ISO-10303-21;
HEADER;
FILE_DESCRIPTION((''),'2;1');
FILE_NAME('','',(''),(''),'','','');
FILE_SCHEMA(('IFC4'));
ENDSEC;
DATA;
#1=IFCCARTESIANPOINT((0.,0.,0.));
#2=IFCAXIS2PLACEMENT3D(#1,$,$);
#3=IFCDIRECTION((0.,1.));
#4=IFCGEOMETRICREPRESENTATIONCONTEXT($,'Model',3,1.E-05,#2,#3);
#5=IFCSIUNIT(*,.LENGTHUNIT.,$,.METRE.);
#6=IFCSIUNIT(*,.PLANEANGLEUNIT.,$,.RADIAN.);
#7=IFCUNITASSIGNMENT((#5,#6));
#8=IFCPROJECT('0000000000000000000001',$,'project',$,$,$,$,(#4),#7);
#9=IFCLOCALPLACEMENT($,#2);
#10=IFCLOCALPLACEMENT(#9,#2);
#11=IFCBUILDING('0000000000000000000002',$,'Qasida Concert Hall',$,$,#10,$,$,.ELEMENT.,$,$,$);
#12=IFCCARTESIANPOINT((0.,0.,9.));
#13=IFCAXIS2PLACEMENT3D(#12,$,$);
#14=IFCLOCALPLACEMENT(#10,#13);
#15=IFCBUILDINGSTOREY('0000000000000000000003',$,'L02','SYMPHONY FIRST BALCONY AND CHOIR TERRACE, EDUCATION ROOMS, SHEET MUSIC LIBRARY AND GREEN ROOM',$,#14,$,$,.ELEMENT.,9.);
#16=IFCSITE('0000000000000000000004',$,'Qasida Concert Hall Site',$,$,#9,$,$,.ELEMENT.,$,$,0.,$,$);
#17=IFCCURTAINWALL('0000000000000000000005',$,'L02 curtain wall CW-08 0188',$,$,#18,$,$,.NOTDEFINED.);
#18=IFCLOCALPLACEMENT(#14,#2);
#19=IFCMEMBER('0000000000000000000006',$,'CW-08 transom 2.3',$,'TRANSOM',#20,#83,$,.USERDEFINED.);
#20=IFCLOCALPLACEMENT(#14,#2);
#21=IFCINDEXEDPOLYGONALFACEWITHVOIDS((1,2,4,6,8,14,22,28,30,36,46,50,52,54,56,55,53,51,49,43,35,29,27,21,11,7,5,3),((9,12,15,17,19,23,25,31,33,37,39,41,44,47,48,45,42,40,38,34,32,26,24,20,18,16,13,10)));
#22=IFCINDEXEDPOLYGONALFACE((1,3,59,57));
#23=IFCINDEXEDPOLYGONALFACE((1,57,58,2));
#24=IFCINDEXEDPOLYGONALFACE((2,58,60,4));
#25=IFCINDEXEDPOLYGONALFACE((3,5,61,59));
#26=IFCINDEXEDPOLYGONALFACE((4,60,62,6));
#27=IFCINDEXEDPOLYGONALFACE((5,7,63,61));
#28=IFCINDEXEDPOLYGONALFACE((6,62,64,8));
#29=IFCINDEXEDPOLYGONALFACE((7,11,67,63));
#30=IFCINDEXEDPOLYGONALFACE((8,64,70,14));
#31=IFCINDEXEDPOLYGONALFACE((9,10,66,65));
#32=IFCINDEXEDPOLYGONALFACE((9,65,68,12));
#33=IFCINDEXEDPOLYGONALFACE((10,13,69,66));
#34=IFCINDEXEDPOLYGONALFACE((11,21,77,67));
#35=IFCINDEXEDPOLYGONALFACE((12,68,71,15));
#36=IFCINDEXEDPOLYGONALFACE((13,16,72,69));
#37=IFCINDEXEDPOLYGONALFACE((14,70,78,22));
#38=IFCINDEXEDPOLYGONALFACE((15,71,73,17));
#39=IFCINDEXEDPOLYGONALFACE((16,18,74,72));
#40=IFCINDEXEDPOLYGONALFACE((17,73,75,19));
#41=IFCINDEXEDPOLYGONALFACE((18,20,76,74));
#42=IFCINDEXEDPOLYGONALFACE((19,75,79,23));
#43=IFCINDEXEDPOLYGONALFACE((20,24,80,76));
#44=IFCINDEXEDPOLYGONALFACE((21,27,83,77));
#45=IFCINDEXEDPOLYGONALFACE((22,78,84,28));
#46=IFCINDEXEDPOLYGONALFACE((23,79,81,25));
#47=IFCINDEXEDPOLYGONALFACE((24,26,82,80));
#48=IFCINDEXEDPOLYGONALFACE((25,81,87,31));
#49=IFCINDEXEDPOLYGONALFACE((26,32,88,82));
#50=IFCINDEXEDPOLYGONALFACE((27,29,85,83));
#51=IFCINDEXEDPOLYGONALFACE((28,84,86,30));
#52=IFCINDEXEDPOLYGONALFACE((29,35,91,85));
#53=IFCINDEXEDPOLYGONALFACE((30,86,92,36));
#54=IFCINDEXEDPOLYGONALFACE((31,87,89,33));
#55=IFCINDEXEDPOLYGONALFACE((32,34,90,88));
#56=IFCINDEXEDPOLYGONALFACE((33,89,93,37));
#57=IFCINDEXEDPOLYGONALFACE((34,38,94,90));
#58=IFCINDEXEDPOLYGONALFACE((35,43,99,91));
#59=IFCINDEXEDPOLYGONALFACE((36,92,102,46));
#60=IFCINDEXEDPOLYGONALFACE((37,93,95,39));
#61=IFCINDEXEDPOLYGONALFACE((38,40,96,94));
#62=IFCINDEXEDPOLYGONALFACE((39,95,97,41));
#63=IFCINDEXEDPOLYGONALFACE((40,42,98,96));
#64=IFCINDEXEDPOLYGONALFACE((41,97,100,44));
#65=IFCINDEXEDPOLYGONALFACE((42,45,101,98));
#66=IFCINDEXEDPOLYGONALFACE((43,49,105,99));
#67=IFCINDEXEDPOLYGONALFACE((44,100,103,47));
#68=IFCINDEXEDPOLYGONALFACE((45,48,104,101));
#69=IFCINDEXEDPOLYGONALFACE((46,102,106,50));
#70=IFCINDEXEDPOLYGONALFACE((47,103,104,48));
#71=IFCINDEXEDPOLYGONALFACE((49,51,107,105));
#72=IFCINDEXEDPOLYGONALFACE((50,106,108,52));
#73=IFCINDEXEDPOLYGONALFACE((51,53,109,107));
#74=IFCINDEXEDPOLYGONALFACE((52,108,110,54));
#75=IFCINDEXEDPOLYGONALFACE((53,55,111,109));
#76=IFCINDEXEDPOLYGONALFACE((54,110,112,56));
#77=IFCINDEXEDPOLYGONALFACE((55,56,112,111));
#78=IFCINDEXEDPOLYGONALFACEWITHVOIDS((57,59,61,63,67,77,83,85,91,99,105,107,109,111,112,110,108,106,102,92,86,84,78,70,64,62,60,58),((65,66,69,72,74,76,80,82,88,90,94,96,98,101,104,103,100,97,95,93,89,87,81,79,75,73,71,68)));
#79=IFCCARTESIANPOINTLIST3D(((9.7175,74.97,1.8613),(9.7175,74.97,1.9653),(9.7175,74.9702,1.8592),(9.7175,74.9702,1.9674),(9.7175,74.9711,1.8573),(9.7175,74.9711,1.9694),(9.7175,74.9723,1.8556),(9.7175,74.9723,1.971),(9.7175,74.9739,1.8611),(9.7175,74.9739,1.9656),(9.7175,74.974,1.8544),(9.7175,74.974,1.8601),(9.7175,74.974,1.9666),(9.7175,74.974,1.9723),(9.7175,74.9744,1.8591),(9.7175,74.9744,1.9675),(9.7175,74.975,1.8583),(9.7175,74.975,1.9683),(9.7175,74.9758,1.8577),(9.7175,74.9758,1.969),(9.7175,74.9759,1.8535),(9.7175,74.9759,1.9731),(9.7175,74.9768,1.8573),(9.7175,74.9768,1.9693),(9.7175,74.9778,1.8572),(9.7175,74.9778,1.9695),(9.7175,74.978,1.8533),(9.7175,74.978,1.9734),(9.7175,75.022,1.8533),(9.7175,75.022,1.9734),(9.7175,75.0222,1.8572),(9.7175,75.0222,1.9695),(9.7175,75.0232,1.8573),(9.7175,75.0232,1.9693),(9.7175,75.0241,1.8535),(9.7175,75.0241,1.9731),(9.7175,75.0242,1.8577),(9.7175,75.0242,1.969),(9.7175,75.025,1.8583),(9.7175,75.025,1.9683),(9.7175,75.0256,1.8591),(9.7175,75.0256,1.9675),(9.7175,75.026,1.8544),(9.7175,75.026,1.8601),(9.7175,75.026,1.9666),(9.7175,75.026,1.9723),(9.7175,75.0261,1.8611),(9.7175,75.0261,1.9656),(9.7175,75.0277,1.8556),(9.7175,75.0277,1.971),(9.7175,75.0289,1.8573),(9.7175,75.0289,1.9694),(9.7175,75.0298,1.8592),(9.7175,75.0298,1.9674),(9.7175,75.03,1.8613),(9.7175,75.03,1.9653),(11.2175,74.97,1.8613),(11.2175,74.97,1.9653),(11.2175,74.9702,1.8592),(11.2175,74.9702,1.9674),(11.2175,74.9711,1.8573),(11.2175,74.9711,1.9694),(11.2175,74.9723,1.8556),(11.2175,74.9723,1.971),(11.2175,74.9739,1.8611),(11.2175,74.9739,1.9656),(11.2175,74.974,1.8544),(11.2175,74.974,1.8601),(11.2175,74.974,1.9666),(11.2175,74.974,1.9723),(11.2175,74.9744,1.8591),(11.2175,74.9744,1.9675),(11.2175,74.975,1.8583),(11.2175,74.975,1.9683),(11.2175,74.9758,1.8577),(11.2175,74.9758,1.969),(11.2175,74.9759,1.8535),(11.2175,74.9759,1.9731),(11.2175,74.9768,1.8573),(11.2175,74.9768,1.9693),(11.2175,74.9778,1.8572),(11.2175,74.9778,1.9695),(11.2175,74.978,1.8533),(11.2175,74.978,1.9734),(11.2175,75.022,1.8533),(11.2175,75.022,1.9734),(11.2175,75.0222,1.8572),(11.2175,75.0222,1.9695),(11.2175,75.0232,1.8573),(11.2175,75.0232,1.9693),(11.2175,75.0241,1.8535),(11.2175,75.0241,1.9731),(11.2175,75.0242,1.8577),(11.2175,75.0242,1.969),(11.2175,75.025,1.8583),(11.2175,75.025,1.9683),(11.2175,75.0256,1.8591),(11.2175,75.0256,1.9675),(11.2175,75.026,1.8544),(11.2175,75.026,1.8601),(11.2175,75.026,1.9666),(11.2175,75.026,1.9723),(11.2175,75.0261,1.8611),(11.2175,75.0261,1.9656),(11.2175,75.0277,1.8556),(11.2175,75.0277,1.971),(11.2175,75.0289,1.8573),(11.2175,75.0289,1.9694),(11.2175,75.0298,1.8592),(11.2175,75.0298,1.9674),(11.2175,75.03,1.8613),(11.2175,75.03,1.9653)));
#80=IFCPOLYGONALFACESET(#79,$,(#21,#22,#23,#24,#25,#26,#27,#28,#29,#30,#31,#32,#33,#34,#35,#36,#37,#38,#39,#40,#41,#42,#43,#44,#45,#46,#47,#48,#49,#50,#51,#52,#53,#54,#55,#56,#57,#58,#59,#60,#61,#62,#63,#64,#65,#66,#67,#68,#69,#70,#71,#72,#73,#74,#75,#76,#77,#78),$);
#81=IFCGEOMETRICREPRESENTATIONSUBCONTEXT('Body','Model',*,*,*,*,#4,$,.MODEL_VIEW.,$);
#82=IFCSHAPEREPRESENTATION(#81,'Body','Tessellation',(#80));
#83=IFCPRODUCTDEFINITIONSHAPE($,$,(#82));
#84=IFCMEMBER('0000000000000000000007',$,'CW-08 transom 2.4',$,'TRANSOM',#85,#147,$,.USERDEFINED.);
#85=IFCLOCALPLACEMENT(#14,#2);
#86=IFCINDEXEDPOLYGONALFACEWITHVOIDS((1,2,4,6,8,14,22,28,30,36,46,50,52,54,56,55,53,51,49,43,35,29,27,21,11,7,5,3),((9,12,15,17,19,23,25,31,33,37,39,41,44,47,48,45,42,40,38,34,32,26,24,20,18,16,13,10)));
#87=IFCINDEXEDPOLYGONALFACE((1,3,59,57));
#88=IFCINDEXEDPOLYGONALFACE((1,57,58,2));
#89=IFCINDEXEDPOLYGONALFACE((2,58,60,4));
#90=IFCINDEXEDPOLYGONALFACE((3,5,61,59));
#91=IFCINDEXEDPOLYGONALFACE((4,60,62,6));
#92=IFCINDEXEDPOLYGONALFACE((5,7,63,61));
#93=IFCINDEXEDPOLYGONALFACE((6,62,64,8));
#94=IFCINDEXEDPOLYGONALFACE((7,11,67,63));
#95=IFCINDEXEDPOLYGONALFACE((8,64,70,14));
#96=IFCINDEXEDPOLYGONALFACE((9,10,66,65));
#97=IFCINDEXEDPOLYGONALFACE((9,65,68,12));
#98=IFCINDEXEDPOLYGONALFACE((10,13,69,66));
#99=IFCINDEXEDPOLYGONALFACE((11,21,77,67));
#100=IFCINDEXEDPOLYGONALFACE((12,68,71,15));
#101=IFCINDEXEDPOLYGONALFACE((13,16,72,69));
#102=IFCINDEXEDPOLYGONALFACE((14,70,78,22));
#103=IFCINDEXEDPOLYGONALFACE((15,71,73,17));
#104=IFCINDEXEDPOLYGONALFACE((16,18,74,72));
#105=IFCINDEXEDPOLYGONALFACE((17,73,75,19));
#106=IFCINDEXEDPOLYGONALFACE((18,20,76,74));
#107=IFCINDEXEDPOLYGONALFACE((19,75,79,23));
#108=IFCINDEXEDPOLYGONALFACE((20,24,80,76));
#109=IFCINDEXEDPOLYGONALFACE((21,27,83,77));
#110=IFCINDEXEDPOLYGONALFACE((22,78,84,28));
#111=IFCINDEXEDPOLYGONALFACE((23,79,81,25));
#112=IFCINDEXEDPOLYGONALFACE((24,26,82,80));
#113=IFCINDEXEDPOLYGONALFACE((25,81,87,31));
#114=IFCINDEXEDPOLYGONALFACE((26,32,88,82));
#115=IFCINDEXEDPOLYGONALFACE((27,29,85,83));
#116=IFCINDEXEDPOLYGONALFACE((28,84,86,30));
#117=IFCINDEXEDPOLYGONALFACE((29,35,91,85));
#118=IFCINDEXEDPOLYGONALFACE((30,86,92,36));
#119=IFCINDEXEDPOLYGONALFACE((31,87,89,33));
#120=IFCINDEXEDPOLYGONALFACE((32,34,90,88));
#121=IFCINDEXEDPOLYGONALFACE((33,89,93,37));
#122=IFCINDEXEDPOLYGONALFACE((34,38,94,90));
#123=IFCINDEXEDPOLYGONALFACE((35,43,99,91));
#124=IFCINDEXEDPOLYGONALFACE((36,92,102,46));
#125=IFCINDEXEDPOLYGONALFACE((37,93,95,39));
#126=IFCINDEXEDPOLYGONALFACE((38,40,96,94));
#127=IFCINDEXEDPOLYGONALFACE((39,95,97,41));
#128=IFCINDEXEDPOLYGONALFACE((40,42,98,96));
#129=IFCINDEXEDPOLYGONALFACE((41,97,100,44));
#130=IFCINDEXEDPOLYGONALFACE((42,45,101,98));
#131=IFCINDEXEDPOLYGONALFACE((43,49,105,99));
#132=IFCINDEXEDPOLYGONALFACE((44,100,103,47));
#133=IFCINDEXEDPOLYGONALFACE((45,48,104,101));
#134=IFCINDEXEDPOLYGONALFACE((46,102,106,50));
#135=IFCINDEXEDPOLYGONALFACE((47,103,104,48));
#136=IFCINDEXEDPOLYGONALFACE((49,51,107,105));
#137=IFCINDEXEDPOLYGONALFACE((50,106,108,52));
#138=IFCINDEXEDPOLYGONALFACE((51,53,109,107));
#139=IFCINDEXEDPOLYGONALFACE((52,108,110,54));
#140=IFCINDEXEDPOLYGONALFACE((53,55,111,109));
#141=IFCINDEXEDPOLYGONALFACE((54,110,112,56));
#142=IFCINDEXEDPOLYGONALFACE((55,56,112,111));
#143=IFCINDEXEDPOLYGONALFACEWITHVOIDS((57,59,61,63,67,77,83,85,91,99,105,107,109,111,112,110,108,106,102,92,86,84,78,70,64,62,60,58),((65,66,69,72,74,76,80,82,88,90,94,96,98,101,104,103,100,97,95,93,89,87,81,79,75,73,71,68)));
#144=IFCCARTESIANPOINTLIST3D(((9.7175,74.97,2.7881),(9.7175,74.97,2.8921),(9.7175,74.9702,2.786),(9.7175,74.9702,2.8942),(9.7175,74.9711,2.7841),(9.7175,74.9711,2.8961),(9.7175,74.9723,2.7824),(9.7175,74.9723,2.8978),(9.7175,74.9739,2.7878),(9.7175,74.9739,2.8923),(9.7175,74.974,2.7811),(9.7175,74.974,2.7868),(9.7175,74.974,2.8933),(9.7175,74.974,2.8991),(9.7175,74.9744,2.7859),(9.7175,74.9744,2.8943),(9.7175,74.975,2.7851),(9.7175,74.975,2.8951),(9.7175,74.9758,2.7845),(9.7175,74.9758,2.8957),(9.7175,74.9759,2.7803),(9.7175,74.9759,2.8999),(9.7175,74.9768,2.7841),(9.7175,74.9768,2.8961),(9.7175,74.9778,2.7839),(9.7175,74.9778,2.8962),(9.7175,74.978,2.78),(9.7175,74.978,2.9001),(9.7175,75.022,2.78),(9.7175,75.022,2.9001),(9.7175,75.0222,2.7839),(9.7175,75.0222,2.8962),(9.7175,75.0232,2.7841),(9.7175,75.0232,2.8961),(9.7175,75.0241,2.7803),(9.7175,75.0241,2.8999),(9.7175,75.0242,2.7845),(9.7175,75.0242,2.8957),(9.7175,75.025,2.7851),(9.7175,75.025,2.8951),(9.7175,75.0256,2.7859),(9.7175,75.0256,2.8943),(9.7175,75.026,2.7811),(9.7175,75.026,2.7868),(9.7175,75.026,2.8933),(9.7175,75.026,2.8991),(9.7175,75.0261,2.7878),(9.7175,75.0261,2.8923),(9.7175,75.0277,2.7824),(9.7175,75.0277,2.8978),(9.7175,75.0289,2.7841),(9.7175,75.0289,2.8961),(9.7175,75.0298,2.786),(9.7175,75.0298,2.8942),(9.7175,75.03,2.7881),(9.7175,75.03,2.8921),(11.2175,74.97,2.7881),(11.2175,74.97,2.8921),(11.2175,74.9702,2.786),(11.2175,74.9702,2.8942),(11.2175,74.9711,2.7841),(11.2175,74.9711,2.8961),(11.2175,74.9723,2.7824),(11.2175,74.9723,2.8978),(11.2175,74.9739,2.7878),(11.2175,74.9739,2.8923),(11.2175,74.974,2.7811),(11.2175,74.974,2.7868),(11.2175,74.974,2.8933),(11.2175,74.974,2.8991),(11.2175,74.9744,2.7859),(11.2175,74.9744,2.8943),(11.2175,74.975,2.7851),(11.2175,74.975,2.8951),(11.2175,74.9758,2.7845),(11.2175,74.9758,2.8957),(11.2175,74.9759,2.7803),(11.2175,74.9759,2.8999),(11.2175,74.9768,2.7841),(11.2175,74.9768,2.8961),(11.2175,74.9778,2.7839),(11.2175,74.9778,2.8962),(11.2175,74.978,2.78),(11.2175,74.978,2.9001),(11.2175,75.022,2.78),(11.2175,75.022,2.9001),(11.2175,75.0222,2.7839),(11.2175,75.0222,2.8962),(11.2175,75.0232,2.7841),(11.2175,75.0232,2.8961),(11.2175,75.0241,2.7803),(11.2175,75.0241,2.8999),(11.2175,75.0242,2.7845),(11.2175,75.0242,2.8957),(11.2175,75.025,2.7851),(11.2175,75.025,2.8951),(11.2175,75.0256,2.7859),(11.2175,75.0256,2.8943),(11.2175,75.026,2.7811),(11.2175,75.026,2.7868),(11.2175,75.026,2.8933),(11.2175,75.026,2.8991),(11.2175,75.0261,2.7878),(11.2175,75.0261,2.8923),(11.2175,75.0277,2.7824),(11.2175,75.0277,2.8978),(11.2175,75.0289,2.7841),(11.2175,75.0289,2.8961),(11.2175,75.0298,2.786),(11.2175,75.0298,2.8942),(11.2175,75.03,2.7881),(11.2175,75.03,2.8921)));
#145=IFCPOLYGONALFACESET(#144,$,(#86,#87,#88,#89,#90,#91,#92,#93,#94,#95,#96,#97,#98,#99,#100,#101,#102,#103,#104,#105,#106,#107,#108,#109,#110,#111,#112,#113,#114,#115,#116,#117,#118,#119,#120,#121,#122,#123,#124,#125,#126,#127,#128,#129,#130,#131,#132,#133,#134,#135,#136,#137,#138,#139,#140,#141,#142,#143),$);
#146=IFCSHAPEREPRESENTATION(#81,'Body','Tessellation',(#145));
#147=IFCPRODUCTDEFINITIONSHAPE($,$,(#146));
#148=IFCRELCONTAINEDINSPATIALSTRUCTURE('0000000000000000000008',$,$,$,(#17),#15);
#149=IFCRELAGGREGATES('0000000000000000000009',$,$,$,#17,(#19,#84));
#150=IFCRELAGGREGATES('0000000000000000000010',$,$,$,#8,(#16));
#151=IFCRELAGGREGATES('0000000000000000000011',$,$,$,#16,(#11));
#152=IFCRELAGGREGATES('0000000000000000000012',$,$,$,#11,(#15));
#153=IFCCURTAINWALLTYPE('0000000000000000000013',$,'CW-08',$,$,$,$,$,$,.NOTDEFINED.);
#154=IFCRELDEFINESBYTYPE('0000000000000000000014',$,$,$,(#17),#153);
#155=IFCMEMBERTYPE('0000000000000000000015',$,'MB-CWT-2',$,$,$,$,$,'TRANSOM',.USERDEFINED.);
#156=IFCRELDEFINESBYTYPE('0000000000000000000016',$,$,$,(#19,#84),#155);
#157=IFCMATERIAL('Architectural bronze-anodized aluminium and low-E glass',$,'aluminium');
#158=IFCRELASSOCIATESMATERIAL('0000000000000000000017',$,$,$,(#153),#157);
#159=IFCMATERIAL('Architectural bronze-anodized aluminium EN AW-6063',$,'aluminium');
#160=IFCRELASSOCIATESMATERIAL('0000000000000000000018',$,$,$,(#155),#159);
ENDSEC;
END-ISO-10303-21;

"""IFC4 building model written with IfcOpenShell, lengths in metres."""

from ifc_helpers import new_model, si_unit, direction, frame, origin, origin_2d, place, context, subcontext, project, spatial, hollow_rectangle, extrude, material, material_profile, profile_set, type_object, element, aggregate, save


model = new_model("IFC4")

# Units and contexts
model_context = context("Model", 3, precision=1e-05, world=origin(), true_north=direction((0.0, 1.0)))
body_context = subcontext(model_context, "Body", "Model", "MODEL_VIEW")
ifc_project = project(units=[si_unit("LENGTHUNIT", "METRE"), si_unit("PLANEANGLEUNIT", "RADIAN")], contexts=[model_context])

# Site, building, storey
site_placement = place(None, origin())
site = spatial("IfcSite", under=ifc_project, at=site_placement, Name="Qasida Concert Hall Site", CompositionType="ELEMENT", RefElevation=0.0)
building_placement = place(site_placement, origin())
building = spatial("IfcBuilding", under=site, at=building_placement, Name="Qasida Concert Hall", CompositionType="ELEMENT")
storey_placement = place(building_placement, frame((0.0, 0.0, 9.0)))
storey = spatial("IfcBuildingStorey", under=building, at=storey_placement, Name="L02", Description="SYMPHONY FIRST BALCONY AND CHOIR TERRACE, EDUCATION ROOMS, SHEET MUSIC LIBRARY AND GREEN ROOM", CompositionType="ELEMENT", Elevation=9.0)

# Curtain wall, members
ifc_material_1 = material(Name="Architectural bronze-anodized aluminium and low-E glass", Category="aluminium")
curtain_wall_type = type_object("IfcCurtainWallType", Name="CW-08", PredefinedType="NOTDEFINED", material=ifc_material_1)
curtain_wall_placement = place(storey_placement, origin())
curtain_wall = element("IfcCurtainWall", 1, at=curtain_wall_placement, inside=storey, type_object=curtain_wall_type, Name="L02 curtain wall CW-08 0188", PredefinedType="NOTDEFINED")
ifc_material_2 = material(Name="Architectural bronze-anodized aluminium EN AW-6063", Category="aluminium")
ifc_material_profile_1 = material_profile(ifc_material_2, hollow_rectangle(XDim=0.0601, YDim=0.1201, WallThickness=0.0039, InnerFilletRadius=0.0039, OuterFilletRadius=0.0081, at=origin_2d()), Name="CWT 120x60x4")
ifc_profile_set_1 = profile_set([ifc_material_profile_1], Name="Architectural bronze-anodized aluminium EN AW-6063")
member_type_1 = type_object("IfcMemberType", Name="MB-CWT-2", ElementType="TRANSOM", PredefinedType="USERDEFINED", material=ifc_profile_set_1)
member_1_placement = place(storey_placement, frame((9.7175, 75.0, 1.9133), z_axis=(1.0, 0.0, 0.0), x_axis=(0.0, 1.0, 0.0)))
member_1 = element("IfcMember", 2, at=member_1_placement, type_object=member_type_1, Name="CW-08 transom 2.3", ObjectType="TRANSOM", PredefinedType="USERDEFINED", context=body_context, shape_type="SweptSolid", body=[
    extrude(hollow_rectangle(XDim=0.0601, YDim=0.1201, WallThickness=0.0039, InnerFilletRadius=0.0039, OuterFilletRadius=0.0081, at=origin_2d()), origin(), (0.0, 0.0, 1.0), 1.5),
])
member_2_placement = place(storey_placement, frame((9.7175, 75.0, 2.8401), z_axis=(1.0, 0.0, 0.0), x_axis=(0.0, 1.0, 0.0)))
member_2 = element("IfcMember", 3, at=member_2_placement, type_object=member_type_1, Name="CW-08 transom 2.4", ObjectType="TRANSOM", PredefinedType="USERDEFINED", context=body_context, shape_type="SweptSolid", body=[
    extrude(hollow_rectangle(XDim=0.0601, YDim=0.1201, WallThickness=0.0039, InnerFilletRadius=0.0039, OuterFilletRadius=0.0081, at=origin_2d()), origin(), (0.0, 0.0, 1.0), 1.5),
])
aggregate(curtain_wall, [member_1, member_2])

save(model, "model.ifc")
